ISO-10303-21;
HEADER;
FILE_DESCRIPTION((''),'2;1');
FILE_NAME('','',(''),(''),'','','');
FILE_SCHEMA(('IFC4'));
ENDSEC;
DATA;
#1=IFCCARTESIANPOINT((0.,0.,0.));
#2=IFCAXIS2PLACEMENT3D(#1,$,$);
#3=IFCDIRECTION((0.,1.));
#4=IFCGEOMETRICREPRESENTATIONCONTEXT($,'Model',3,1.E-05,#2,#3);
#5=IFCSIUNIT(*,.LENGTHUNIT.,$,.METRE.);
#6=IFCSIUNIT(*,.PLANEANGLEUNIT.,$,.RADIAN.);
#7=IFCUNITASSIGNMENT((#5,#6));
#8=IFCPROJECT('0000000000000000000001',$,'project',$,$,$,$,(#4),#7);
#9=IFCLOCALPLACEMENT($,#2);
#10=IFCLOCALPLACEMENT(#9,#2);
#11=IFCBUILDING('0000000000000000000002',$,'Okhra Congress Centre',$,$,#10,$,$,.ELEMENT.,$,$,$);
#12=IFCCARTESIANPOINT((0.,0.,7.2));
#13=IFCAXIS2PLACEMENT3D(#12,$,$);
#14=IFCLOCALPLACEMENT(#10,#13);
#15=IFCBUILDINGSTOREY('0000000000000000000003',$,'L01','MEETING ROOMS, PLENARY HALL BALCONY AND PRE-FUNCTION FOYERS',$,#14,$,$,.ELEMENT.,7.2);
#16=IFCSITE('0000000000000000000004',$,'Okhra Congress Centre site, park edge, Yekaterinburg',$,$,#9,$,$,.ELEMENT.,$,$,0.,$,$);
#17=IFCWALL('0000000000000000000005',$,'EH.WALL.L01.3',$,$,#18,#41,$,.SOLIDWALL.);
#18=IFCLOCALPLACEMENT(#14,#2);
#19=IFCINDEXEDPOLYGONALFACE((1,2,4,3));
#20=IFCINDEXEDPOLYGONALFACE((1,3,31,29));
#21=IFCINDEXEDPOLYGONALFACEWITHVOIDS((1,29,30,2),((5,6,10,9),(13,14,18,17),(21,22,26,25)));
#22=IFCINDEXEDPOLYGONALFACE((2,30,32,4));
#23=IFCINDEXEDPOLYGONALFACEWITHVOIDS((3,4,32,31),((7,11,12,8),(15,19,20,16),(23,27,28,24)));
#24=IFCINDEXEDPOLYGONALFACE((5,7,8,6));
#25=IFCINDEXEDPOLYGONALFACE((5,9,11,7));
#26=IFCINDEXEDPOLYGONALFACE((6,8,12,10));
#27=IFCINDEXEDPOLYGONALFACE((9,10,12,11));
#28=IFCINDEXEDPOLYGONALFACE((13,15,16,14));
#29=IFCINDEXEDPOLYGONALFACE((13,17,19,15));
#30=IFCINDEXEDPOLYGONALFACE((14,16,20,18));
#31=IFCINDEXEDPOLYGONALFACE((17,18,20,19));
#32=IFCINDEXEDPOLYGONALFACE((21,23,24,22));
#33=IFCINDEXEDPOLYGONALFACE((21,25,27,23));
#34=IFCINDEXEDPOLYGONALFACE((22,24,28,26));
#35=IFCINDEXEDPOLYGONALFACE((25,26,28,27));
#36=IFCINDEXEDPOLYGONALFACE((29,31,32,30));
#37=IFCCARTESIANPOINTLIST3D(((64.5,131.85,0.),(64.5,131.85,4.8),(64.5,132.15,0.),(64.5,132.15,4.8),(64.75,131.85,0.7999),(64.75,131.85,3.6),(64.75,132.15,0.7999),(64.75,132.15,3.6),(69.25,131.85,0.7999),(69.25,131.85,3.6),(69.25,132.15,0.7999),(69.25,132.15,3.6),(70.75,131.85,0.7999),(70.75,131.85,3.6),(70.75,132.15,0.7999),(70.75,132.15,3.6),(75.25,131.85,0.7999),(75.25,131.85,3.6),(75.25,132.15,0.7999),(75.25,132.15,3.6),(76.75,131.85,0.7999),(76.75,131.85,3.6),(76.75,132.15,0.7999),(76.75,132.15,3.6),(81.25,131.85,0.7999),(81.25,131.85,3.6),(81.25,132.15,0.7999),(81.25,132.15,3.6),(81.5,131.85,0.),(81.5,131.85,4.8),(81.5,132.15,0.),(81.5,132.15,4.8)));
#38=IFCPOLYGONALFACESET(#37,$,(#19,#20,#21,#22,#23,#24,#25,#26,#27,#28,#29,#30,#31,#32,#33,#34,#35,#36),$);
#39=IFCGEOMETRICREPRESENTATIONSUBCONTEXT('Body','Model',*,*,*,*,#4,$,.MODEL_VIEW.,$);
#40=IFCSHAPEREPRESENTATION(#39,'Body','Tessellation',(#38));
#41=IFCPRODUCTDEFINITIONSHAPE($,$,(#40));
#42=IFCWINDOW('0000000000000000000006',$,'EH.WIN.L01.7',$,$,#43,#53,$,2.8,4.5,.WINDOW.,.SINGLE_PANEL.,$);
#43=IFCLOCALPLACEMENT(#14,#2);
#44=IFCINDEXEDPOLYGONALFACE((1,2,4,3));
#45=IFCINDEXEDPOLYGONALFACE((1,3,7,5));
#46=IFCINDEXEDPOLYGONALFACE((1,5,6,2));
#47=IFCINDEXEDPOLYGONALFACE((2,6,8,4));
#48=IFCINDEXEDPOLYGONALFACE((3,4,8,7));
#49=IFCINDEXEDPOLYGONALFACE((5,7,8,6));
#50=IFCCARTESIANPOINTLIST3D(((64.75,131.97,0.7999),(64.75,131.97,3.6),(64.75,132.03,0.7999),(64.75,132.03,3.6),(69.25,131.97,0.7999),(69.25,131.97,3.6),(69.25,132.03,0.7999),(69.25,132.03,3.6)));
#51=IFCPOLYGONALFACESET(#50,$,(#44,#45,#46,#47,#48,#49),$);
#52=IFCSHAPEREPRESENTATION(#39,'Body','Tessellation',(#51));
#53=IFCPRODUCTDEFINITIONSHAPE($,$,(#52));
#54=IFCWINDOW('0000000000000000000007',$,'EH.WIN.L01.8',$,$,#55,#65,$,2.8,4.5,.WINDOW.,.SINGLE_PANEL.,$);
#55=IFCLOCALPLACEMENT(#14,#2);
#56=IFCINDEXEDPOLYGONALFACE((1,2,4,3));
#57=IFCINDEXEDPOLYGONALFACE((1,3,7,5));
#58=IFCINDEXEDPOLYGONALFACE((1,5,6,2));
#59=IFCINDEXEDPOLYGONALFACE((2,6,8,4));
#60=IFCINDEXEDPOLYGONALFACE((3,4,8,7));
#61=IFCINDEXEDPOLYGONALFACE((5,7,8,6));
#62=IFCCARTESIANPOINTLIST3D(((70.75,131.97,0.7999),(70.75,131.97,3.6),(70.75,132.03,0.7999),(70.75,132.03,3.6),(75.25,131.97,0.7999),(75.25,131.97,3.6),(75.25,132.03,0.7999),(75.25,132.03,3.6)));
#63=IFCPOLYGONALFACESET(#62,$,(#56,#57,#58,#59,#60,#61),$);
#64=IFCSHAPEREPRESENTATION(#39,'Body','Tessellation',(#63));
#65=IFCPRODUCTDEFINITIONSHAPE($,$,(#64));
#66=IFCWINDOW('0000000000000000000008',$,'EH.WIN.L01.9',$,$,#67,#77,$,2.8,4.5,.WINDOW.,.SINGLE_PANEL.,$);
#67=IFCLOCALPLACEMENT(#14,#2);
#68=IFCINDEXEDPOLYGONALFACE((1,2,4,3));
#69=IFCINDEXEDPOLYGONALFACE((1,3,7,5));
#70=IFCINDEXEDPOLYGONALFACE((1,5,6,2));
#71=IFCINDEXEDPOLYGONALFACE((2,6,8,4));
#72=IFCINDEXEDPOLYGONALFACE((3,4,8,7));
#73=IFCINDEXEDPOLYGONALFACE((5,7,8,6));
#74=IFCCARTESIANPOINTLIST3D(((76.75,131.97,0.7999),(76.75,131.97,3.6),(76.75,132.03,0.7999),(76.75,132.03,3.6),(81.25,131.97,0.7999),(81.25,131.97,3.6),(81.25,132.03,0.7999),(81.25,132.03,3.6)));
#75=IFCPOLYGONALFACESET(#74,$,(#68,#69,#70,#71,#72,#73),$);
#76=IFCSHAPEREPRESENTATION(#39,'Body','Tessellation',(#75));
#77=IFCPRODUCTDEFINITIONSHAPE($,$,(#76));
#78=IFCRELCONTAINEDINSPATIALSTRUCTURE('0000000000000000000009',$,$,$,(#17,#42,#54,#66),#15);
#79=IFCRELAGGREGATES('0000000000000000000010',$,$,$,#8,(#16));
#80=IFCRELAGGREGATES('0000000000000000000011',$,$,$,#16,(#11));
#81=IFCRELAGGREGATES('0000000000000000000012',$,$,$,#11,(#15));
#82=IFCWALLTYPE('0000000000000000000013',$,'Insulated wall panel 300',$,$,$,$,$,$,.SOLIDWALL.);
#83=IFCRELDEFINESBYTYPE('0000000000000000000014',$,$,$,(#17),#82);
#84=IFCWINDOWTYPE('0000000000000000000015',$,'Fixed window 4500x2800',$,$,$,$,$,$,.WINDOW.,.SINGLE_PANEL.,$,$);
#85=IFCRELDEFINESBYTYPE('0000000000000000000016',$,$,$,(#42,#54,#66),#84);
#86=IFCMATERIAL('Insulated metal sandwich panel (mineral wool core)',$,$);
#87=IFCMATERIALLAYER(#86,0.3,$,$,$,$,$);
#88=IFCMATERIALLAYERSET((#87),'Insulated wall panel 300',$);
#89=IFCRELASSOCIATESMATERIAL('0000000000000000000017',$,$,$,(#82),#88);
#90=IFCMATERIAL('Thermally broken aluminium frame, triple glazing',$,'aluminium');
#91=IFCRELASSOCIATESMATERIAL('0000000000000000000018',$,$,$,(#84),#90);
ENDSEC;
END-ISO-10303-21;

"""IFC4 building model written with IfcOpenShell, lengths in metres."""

from ifc_helpers import new_model, si_unit, direction, frame, frame_2d, origin, place, context, subcontext, project, spatial, rectangle, extrude, material, layer, layer_set, type_object, element, fill, save


model = new_model("IFC4")

# Units and contexts
model_context = context("Model", 3, precision=1e-05, world=origin(), true_north=direction((0.0, 1.0)))
body_context = subcontext(model_context, "Body", "Model", "MODEL_VIEW")
ifc_project = project(units=[si_unit("LENGTHUNIT", "METRE"), si_unit("PLANEANGLEUNIT", "RADIAN")], contexts=[model_context])

# Site, building, storey
site_placement = place(None, origin())
site = spatial("IfcSite", under=ifc_project, at=site_placement, Name="Okhra Congress Centre site, park edge, Yekaterinburg", CompositionType="ELEMENT", RefElevation=0.0)
building_placement = place(site_placement, origin())
building = spatial("IfcBuilding", under=site, at=building_placement, Name="Okhra Congress Centre", CompositionType="ELEMENT")
storey_placement = place(building_placement, frame((0.0, 0.0, 7.2)))
storey = spatial("IfcBuildingStorey", under=building, at=storey_placement, Name="L01", Description="MEETING ROOMS, PLENARY HALL BALCONY AND PRE-FUNCTION FOYERS", CompositionType="ELEMENT", Elevation=7.2)

# Wall, openings, windows
ifc_material_1 = material(Name="Insulated metal sandwich panel (mineral wool core)")
ifc_layer_1 = layer(ifc_material_1, 0.3)
ifc_layer_set_1 = layer_set([ifc_layer_1], Name="Insulated wall panel 300")
wall_type_1 = type_object("IfcWallType", Name="Insulated wall panel 300", PredefinedType="SOLIDWALL", material=ifc_layer_set_1)
ifc_material_2 = material(Name="Thermally broken aluminium frame, triple glazing", Category="aluminium")
window_type = type_object("IfcWindowType", Name="Fixed window 4500x2800", PartitioningType="SINGLE_PANEL", PredefinedType="WINDOW", material=ifc_material_2)
wall_1_placement = place(storey_placement, frame((64.5, 132.0, 0.0), z_axis=(0.0, 0.0, 1.0), x_axis=(1.0, 0.0, 0.0)))
wall_1 = element("IfcWall", 1, at=wall_1_placement, inside=storey, type_object=wall_type_1, Name="EH.WALL.L01.3", PredefinedType="SOLIDWALL", context=body_context, shape_type="SweptSolid", body=[
    extrude(rectangle(XDim=17.0, YDim=0.3, at=frame_2d((8.5, 0.0))), origin(), (0.0, 0.0, 1.0), 4.8),
])
opening_1_placement = place(wall_1_placement, frame((0.25, 0.0, 0.8)))
opening_1 = element("IfcOpeningElement", 2, at=opening_1_placement, cuts=wall_1, PredefinedType="OPENING", context=body_context, shape_type="SweptSolid", body=[
    extrude(rectangle(XDim=4.5, YDim=2.8, at=frame_2d((2.25, 1.3999))), frame((0.0, 0.1599, 0.0), z_axis=(0.0, -1.0, 0.0), x_axis=(1.0, 0.0, 0.0)), (0.0, 0.0, 1.0), 0.3201),
])
opening_2_placement = place(wall_1_placement, frame((6.25, 0.0, 0.8)))
opening_2 = element("IfcOpeningElement", 3, at=opening_2_placement, cuts=wall_1, PredefinedType="OPENING", context=body_context, shape_type="SweptSolid", body=[
    extrude(rectangle(XDim=4.5, YDim=2.8, at=frame_2d((2.25, 1.3999))), frame((0.0, 0.1599, 0.0), z_axis=(0.0, -1.0, 0.0), x_axis=(1.0, 0.0, 0.0)), (0.0, 0.0, 1.0), 0.3201),
])
opening_3_placement = place(wall_1_placement, frame((12.25, 0.0, 0.8)))
opening_3 = element("IfcOpeningElement", 4, at=opening_3_placement, cuts=wall_1, PredefinedType="OPENING", context=body_context, shape_type="SweptSolid", body=[
    extrude(rectangle(XDim=4.5, YDim=2.8, at=frame_2d((2.25, 1.3999))), frame((0.0, 0.1599, 0.0), z_axis=(0.0, -1.0, 0.0), x_axis=(1.0, 0.0, 0.0)), (0.0, 0.0, 1.0), 0.3201),
])
window_1_placement = place(opening_1_placement, origin())
window_1 = element("IfcWindow", 5, at=window_1_placement, inside=storey, type_object=window_type, Name="EH.WIN.L01.7", OverallHeight=2.8, OverallWidth=4.5, PartitioningType="SINGLE_PANEL", PredefinedType="WINDOW", context=body_context, shape_type="SweptSolid", body=[
    extrude(rectangle(XDim=4.5, YDim=2.8, at=frame_2d((2.25, 1.3999))), frame((0.0, 0.03, 0.0), z_axis=(0.0, -1.0, 0.0), x_axis=(1.0, 0.0, 0.0)), (0.0, 0.0, 1.0), 0.0601),
])
fill(opening_1, window_1)
window_2_placement = place(opening_2_placement, origin())
window_2 = element("IfcWindow", 6, at=window_2_placement, inside=storey, type_object=window_type, Name="EH.WIN.L01.8", OverallHeight=2.8, OverallWidth=4.5, PartitioningType="SINGLE_PANEL", PredefinedType="WINDOW", context=body_context, shape_type="SweptSolid", body=[
    extrude(rectangle(XDim=4.5, YDim=2.8, at=frame_2d((2.25, 1.3999))), frame((0.0, 0.03, 0.0), z_axis=(0.0, -1.0, 0.0), x_axis=(1.0, 0.0, 0.0)), (0.0, 0.0, 1.0), 0.0601),
])
fill(opening_2, window_2)
window_3_placement = place(opening_3_placement, origin())
window_3 = element("IfcWindow", 7, at=window_3_placement, inside=storey, type_object=window_type, Name="EH.WIN.L01.9", OverallHeight=2.8, OverallWidth=4.5, PartitioningType="SINGLE_PANEL", PredefinedType="WINDOW", context=body_context, shape_type="SweptSolid", body=[
    extrude(rectangle(XDim=4.5, YDim=2.8, at=frame_2d((2.25, 1.3999))), frame((0.0, 0.03, 0.0), z_axis=(0.0, -1.0, 0.0), x_axis=(1.0, 0.0, 0.0)), (0.0, 0.0, 1.0), 0.0601),
])
fill(opening_3, window_3)

save(model, "model.ifc")
